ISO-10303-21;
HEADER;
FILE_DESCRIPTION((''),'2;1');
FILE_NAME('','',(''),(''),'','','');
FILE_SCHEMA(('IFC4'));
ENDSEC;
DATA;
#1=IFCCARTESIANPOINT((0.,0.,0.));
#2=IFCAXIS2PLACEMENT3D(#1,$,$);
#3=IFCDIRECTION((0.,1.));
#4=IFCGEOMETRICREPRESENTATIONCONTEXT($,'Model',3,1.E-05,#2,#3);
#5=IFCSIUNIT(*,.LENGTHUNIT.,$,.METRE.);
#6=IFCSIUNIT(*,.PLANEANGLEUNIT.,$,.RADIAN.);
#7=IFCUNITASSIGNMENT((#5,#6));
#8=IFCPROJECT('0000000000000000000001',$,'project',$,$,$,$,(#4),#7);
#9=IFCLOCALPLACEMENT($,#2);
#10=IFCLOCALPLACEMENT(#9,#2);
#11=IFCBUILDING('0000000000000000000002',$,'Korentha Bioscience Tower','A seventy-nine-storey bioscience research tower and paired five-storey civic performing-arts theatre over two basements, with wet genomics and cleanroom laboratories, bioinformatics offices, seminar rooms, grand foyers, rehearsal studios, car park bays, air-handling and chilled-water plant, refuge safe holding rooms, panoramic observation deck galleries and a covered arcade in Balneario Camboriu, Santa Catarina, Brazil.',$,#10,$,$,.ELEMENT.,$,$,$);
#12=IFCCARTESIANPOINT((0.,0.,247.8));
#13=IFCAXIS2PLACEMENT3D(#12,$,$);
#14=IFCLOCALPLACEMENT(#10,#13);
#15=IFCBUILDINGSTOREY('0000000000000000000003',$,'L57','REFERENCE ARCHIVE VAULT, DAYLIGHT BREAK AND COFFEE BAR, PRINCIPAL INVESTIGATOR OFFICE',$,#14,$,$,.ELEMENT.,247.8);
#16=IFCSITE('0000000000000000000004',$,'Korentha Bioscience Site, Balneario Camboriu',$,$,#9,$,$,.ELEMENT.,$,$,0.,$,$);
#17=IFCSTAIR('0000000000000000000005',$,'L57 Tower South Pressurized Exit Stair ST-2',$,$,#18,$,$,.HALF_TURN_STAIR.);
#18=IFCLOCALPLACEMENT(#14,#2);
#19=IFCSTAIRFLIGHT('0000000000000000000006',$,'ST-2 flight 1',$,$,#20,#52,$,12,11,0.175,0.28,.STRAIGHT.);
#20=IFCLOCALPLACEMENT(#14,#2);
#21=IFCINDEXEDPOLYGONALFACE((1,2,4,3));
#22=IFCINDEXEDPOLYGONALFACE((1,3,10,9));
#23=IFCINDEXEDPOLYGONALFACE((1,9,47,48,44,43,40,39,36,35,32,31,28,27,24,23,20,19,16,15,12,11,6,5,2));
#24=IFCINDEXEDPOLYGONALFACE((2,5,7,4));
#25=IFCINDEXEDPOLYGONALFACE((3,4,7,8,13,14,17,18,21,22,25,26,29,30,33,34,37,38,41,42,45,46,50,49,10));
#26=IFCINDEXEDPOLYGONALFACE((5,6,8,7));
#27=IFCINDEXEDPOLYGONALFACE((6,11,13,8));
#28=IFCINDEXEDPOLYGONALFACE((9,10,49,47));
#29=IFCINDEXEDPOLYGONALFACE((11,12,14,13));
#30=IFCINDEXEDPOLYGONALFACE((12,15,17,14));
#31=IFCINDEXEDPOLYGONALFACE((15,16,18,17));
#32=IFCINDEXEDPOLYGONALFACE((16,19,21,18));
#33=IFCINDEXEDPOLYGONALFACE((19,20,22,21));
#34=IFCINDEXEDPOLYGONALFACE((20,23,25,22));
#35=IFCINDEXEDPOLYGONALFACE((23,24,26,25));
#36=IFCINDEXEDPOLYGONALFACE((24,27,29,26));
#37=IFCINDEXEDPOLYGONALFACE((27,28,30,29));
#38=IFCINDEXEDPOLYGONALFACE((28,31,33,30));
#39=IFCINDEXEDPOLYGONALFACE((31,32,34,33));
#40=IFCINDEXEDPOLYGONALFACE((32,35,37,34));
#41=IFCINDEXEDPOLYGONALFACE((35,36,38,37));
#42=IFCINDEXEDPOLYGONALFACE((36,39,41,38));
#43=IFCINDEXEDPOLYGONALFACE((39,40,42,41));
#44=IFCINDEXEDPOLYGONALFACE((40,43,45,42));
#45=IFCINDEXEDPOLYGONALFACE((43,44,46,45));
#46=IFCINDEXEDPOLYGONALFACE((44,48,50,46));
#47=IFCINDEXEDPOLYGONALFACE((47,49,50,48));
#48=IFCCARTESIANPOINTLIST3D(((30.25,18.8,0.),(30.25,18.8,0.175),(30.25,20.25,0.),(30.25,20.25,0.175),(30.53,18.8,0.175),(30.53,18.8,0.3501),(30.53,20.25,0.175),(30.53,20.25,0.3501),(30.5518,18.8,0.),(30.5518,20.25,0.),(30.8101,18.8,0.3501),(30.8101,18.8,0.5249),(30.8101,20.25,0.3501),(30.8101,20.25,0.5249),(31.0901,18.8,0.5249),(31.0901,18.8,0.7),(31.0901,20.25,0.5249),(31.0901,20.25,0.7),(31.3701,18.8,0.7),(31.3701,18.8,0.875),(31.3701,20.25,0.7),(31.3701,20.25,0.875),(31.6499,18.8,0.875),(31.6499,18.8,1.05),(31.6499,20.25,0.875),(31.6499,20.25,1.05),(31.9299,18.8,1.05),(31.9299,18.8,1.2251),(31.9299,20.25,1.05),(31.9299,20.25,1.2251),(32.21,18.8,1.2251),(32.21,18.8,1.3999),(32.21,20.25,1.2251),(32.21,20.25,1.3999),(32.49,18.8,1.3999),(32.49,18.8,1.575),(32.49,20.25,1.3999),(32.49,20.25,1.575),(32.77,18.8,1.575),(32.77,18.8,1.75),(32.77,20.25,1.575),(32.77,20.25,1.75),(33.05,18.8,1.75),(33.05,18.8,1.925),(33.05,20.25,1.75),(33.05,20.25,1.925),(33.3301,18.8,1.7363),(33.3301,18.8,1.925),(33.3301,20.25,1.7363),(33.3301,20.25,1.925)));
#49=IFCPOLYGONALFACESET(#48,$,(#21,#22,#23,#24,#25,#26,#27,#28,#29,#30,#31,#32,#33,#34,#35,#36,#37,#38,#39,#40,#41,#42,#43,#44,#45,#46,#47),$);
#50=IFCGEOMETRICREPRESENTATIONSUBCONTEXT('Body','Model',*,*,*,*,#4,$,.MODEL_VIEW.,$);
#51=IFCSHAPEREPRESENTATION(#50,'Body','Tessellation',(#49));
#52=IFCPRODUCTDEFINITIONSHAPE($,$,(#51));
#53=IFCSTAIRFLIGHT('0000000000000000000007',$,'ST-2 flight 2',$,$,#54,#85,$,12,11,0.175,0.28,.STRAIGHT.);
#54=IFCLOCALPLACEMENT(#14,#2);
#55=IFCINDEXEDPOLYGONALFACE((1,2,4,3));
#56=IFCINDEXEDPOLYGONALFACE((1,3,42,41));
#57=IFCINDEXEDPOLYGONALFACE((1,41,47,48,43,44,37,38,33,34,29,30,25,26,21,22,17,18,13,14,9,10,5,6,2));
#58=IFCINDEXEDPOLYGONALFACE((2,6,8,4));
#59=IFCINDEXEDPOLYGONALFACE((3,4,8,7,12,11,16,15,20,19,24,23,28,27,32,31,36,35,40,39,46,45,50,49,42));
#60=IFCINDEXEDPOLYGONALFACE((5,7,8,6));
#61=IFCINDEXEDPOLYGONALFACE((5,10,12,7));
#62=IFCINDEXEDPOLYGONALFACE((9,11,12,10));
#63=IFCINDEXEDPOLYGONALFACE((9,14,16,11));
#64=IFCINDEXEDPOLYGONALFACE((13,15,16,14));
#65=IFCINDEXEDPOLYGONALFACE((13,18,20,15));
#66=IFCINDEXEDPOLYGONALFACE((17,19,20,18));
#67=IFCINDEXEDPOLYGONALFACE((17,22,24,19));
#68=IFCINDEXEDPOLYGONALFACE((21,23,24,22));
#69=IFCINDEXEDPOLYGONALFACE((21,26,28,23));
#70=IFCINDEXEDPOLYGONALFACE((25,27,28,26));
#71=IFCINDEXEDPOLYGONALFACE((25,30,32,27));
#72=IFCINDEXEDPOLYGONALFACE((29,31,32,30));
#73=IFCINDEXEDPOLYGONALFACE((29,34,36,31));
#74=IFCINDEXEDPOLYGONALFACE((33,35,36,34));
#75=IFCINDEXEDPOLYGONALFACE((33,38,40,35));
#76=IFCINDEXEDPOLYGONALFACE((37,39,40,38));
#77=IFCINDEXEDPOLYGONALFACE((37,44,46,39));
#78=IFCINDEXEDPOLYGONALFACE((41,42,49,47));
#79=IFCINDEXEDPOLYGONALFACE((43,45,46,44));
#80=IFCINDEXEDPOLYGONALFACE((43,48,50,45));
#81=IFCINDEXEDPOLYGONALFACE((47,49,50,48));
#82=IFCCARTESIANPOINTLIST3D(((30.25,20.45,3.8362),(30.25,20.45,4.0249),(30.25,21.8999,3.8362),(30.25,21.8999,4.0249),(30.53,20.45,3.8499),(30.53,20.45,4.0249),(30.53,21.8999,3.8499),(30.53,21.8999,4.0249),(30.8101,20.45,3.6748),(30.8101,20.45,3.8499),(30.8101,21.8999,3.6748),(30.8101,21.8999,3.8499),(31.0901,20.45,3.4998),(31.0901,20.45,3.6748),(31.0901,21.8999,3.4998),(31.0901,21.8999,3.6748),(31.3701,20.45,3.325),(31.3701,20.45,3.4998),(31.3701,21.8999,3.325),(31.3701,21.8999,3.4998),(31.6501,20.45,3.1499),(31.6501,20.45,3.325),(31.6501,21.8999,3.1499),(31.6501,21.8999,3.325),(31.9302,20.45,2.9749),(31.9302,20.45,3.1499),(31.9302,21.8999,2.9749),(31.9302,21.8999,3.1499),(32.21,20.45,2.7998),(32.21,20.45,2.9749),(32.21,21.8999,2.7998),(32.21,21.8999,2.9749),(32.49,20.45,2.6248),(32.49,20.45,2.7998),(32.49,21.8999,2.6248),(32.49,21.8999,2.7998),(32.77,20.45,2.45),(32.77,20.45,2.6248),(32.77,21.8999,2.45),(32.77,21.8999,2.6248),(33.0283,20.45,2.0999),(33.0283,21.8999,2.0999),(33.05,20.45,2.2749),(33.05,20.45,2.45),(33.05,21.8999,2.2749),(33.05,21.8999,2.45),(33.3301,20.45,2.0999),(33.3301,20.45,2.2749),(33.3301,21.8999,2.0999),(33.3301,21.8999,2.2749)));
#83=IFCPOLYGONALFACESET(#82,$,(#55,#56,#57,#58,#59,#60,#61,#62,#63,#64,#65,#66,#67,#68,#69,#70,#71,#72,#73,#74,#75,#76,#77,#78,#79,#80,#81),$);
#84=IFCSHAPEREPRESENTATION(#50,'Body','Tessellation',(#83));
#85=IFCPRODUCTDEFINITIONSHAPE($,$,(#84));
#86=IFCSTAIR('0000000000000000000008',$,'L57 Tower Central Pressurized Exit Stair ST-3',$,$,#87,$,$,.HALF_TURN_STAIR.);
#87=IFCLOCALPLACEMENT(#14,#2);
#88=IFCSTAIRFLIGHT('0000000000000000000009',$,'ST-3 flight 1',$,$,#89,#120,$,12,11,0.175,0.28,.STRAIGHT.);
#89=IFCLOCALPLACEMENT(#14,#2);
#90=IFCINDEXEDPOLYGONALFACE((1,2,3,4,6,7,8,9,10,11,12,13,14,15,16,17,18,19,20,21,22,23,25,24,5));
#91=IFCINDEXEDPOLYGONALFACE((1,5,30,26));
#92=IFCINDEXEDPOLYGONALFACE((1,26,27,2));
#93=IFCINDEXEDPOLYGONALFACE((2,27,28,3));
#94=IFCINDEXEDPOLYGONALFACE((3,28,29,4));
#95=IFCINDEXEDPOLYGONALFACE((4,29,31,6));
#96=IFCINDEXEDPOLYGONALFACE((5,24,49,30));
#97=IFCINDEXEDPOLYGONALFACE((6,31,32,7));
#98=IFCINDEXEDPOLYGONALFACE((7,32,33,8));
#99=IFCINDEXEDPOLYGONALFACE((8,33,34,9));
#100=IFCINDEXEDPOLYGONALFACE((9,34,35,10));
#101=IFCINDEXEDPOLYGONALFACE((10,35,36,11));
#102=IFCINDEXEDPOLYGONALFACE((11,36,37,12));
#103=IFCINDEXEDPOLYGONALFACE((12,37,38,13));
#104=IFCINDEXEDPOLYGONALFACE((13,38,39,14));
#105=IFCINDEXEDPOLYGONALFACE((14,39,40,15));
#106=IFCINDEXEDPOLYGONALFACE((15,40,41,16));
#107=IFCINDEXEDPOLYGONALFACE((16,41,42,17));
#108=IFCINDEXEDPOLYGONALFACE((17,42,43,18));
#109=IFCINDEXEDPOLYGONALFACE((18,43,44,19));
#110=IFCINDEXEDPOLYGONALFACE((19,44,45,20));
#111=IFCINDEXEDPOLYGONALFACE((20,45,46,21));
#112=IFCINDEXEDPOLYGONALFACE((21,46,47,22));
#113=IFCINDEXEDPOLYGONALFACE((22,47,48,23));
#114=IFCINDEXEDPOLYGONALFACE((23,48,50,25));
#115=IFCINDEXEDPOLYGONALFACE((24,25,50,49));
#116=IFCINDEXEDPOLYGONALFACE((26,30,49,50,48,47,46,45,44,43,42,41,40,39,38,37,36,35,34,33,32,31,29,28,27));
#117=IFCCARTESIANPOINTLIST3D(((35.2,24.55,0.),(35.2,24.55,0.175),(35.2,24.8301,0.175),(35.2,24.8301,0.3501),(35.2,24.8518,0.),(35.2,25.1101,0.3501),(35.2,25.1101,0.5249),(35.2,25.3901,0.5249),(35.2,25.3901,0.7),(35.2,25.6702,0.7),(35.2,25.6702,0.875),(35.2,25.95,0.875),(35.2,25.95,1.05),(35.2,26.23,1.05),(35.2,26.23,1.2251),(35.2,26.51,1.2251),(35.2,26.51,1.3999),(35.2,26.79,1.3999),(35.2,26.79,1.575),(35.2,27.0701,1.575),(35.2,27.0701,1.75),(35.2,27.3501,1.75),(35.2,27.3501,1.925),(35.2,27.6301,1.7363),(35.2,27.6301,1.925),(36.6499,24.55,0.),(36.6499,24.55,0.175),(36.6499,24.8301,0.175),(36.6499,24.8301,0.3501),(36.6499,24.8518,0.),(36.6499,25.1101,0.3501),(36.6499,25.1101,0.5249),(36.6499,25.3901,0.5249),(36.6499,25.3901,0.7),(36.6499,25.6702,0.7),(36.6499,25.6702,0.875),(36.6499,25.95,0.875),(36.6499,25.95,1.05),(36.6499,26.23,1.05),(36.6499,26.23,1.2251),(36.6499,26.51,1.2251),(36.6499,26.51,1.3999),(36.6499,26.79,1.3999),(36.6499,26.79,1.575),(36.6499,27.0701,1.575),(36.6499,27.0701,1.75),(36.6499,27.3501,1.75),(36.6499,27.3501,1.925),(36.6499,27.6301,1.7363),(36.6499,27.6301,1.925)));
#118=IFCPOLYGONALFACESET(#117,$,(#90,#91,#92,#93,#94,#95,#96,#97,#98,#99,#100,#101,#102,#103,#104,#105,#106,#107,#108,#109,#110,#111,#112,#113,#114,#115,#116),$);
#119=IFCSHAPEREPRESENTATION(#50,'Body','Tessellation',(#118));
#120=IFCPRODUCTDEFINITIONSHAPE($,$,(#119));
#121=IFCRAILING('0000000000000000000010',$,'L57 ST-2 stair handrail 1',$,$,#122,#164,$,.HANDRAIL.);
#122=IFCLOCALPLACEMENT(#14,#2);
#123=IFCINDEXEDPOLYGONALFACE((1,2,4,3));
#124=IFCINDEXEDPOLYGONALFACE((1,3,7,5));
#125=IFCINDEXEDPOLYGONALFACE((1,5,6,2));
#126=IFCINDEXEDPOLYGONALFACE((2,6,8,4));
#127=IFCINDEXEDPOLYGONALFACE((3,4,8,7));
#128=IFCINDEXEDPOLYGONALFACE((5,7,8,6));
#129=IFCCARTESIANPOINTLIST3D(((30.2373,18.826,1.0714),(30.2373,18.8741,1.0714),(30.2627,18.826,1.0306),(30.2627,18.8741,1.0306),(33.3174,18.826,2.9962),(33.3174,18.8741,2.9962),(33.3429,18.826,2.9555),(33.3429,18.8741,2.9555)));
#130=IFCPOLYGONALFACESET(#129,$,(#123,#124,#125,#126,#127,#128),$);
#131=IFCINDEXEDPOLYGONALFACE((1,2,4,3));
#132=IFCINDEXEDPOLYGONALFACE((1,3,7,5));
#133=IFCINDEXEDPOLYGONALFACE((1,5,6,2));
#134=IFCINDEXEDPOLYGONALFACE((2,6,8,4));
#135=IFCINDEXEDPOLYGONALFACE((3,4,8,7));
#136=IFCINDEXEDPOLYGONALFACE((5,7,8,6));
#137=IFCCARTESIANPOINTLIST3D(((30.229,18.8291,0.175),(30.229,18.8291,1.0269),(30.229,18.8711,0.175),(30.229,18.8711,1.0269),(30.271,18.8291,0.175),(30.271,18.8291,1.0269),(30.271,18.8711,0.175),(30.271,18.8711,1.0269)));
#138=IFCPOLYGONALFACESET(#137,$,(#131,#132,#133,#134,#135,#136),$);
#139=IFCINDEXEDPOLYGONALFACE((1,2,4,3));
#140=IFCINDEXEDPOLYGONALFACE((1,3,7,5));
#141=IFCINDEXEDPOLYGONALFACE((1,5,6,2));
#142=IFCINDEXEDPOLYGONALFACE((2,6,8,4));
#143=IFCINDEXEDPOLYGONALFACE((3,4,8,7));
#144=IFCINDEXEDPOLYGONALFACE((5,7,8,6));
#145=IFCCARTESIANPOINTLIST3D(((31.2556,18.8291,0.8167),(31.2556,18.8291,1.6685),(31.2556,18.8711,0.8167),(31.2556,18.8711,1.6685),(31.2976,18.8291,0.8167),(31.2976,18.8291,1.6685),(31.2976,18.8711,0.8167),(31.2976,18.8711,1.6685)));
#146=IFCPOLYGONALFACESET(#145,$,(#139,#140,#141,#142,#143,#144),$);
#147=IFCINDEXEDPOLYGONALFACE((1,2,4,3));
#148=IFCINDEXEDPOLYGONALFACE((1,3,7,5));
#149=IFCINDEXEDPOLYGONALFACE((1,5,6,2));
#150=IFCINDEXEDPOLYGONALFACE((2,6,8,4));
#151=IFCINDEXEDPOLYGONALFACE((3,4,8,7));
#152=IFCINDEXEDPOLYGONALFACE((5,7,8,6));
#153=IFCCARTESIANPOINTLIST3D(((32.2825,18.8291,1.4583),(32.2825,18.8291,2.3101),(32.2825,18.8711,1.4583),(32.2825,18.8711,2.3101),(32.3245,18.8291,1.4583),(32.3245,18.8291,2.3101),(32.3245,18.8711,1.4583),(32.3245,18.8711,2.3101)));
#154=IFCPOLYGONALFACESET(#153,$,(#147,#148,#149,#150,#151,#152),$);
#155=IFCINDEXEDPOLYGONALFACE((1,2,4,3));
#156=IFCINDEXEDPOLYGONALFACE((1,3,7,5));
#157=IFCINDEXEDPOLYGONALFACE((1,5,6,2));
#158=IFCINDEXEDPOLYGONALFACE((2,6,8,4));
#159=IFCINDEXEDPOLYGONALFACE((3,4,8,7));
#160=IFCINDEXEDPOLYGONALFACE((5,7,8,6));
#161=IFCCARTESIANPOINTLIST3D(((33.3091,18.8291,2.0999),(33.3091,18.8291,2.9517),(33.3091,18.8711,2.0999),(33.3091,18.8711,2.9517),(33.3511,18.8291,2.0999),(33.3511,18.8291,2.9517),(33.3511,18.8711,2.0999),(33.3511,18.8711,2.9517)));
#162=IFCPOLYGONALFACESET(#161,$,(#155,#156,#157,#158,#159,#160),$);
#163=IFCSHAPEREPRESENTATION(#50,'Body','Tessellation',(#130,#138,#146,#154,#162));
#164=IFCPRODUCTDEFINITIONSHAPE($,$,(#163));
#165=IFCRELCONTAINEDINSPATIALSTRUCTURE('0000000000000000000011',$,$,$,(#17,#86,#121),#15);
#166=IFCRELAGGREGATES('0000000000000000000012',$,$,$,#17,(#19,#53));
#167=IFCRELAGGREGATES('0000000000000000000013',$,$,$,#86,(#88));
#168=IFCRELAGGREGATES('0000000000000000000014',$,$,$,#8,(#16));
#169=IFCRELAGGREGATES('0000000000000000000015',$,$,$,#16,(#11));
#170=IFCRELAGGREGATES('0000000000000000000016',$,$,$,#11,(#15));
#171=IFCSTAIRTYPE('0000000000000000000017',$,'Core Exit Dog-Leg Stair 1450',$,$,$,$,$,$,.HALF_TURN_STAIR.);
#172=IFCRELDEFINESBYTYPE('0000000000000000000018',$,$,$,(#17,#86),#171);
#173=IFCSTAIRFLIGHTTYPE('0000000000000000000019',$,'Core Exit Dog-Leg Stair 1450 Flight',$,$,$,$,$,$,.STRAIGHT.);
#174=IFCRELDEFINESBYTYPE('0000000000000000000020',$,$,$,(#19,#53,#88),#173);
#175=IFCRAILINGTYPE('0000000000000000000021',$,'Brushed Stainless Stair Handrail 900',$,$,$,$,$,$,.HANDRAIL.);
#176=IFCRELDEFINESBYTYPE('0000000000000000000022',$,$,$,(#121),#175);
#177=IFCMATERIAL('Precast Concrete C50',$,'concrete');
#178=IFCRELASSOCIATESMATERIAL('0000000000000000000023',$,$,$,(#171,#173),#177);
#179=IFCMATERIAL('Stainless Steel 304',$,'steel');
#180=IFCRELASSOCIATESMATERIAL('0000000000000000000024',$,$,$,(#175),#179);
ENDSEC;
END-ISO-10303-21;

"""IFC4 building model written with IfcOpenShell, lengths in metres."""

from ifc_helpers import new_model, si_unit, direction, frame, origin, origin_2d, place, context, subcontext, project, spatial, polyline, rectangle, outline, extrude, material, type_object, element, aggregate, save


model = new_model("IFC4")

# Units and contexts
model_context = context("Model", 3, precision=1e-05, world=origin(), true_north=direction((0.0, 1.0)))
body_context = subcontext(model_context, "Body", "Model", "MODEL_VIEW")
ifc_project = project(units=[si_unit("LENGTHUNIT", "METRE"), si_unit("PLANEANGLEUNIT", "RADIAN")], contexts=[model_context])

# Site, building, storey
site_placement = place(None, origin())
site = spatial("IfcSite", under=ifc_project, at=site_placement, Name="Korentha Bioscience Site, Balneario Camboriu", CompositionType="ELEMENT", RefElevation=0.0)
building_placement = place(site_placement, origin())
building = spatial("IfcBuilding", under=site, at=building_placement, Name="Korentha Bioscience Tower", Description="A seventy-nine-storey bioscience research tower and paired five-storey civic performing-arts theatre over two basements, with wet genomics and cleanroom laboratories, bioinformatics offices, seminar rooms, grand foyers, rehearsal studios, car park bays, air-handling and chilled-water plant, refuge safe holding rooms, panoramic observation deck galleries and a covered arcade in Balneario Camboriu, Santa Catarina, Brazil.", CompositionType="ELEMENT")
storey_placement = place(building_placement, frame((0.0, 0.0, 247.8)))
storey = spatial("IfcBuildingStorey", under=building, at=storey_placement, Name="L57", Description="REFERENCE ARCHIVE VAULT, DAYLIGHT BREAK AND COFFEE BAR, PRINCIPAL INVESTIGATOR OFFICE", CompositionType="ELEMENT", Elevation=247.8)

# Stair, stair flights
ifc_material_1 = material(Name="Precast Concrete C50", Category="concrete")
stair_type = type_object("IfcStairType", Name="Core Exit Dog-Leg Stair 1450", PredefinedType="HALF_TURN_STAIR", material=ifc_material_1)
stair_1_placement = place(storey_placement, origin())
stair_1 = element("IfcStair", 1, at=stair_1_placement, inside=storey, type_object=stair_type, Name="L57 Tower South Pressurized Exit Stair ST-2", PredefinedType="HALF_TURN_STAIR")
stair_flight_type = type_object("IfcStairFlightType", Name="Core Exit Dog-Leg Stair 1450 Flight", PredefinedType="STRAIGHT", material=ifc_material_1)
stair_flight_1_placement = place(storey_placement, frame((30.25, 19.5249, 0.0), z_axis=(0.0, 0.0, 1.0), x_axis=(1.0, 0.0, 0.0)))
stair_flight_1 = element("IfcStairFlight", 2, at=stair_flight_1_placement, type_object=stair_flight_type, Name="ST-2 flight 1", NumberOfRisers=12, NumberOfTreads=11, PredefinedType="STRAIGHT", RiserHeight=0.175, TreadLength=0.28, context=body_context, shape_type="SweptSolid", body=[
    extrude(outline(polyline([(0.0, 0.0), (0.0, 0.175), (0.28, 0.175), (0.28, 0.3501), (0.5601, 0.3501), (0.5601, 0.5249), (0.8401, 0.5249), (0.8401, 0.7), (1.1201, 0.7), (1.1201, 0.875), (1.3999, 0.875), (1.3999, 1.05), (1.6799, 1.05), (1.6799, 1.2251), (1.96, 1.2251), (1.96, 1.3999), (2.24, 1.3999), (2.24, 1.575), (2.52, 1.575), (2.52, 1.75), (2.8, 1.75), (2.8, 1.925), (3.0801, 1.925), (3.0801, 2.1001), (3.0801, 1.7363), (0.3018, 0.0), (0.0, 0.0)])), frame((0.0, 0.7251, 0.0), z_axis=(0.0, -1.0, 0.0), x_axis=(1.0, 0.0, 0.0)), (0.0, 0.0, 1.0), 1.45),
])
stair_flight_2_placement = place(storey_placement, frame((33.3301, 21.175, 2.0999), z_axis=(0.0, 0.0, 1.0), x_axis=(-1.0, 0.0, 0.0)))
stair_flight_2 = element("IfcStairFlight", 3, at=stair_flight_2_placement, type_object=stair_flight_type, Name="ST-2 flight 2", NumberOfRisers=12, NumberOfTreads=11, PredefinedType="STRAIGHT", RiserHeight=0.175, TreadLength=0.28, context=body_context, shape_type="SweptSolid", body=[
    extrude(outline(polyline([(0.0, 0.0), (0.0, 0.175), (0.28, 0.175), (0.28, 0.3501), (0.5601, 0.3501), (0.5601, 0.5249), (0.8401, 0.5249), (0.8401, 0.7), (1.1201, 0.7), (1.1201, 0.875), (1.3999, 0.875), (1.3999, 1.05), (1.6799, 1.05), (1.6799, 1.2251), (1.96, 1.2251), (1.96, 1.3999), (2.24, 1.3999), (2.24, 1.575), (2.52, 1.575), (2.52, 1.75), (2.8, 1.75), (2.8, 1.925), (3.0801, 1.925), (3.0801, 2.1001), (3.0801, 1.7363), (0.3018, 0.0), (0.0, 0.0)])), frame((0.0, 0.7251, 0.0), z_axis=(0.0, -1.0, 0.0), x_axis=(1.0, 0.0, 0.0)), (0.0, 0.0, 1.0), 1.45),
])
aggregate(stair_1, [stair_flight_1, stair_flight_2])

# Stair, stair flight
stair_2_placement = place(storey_placement, origin())
stair_2 = element("IfcStair", 4, at=stair_2_placement, inside=storey, type_object=stair_type, Name="L57 Tower Central Pressurized Exit Stair ST-3", PredefinedType="HALF_TURN_STAIR")
stair_flight_3_placement = place(storey_placement, frame((35.925, 24.55, 0.0), z_axis=(0.0, 0.0, 1.0), x_axis=(0.0, 1.0, 0.0)))
stair_flight_3 = element("IfcStairFlight", 5, at=stair_flight_3_placement, type_object=stair_flight_type, Name="ST-3 flight 1", NumberOfRisers=12, NumberOfTreads=11, PredefinedType="STRAIGHT", RiserHeight=0.175, TreadLength=0.28, context=body_context, shape_type="SweptSolid", body=[
    extrude(outline(polyline([(0.0, 0.0), (0.0, 0.175), (0.28, 0.175), (0.28, 0.3501), (0.5601, 0.3501), (0.5601, 0.5249), (0.8401, 0.5249), (0.8401, 0.7), (1.1201, 0.7), (1.1201, 0.875), (1.3999, 0.875), (1.3999, 1.05), (1.6799, 1.05), (1.6799, 1.2251), (1.96, 1.2251), (1.96, 1.3999), (2.24, 1.3999), (2.24, 1.575), (2.52, 1.575), (2.52, 1.75), (2.8, 1.75), (2.8, 1.925), (3.0801, 1.925), (3.0801, 2.1001), (3.0801, 1.7363), (0.3018, 0.0), (0.0, 0.0)])), frame((0.0, 0.7251, 0.0), z_axis=(0.0, -1.0, 0.0), x_axis=(1.0, 0.0, 0.0)), (0.0, 0.0, 1.0), 1.45),
])
aggregate(stair_2, [stair_flight_3])

# Railing
ifc_material_2 = material(Name="Stainless Steel 304", Category="steel")
railing_type_1 = type_object("IfcRailingType", Name="Brushed Stainless Stair Handrail 900", PredefinedType="HANDRAIL", material=ifc_material_2)
railing_1_placement = place(storey_placement, frame((30.25, 18.8501, 0.175)))
element("IfcRailing", 6, at=railing_1_placement, inside=storey, type_object=railing_type_1, Name="L57 ST-2 stair handrail 1", PredefinedType="HANDRAIL", context=body_context, shape_type="SweptSolid", body=[
    extrude(rectangle(XDim=0.0481, YDim=0.0481, at=origin_2d()), frame((0.0, 0.0, 0.876), z_axis=(0.848029, 0.0, 0.529951), x_axis=(0.0, 1.0, 0.0)), (0.0, 0.0, 1.0), 3.6321),
    extrude(rectangle(XDim=0.042, YDim=0.042, at=origin_2d()), origin(), (0.0, 0.0, 1.0), 0.8518),
    extrude(rectangle(XDim=0.042, YDim=0.042, at=origin_2d()), frame((1.0266, 0.0, 0.6416)), (0.0, 0.0, 1.0), 0.8518),
    extrude(rectangle(XDim=0.042, YDim=0.042, at=origin_2d()), frame((2.0535, 0.0, 1.2832)), (0.0, 0.0, 1.0), 0.8518),
    extrude(rectangle(XDim=0.042, YDim=0.042, at=origin_2d()), frame((3.0801, 0.0, 1.9248)), (0.0, 0.0, 1.0), 0.8518),
])

save(model, "model.ifc")
